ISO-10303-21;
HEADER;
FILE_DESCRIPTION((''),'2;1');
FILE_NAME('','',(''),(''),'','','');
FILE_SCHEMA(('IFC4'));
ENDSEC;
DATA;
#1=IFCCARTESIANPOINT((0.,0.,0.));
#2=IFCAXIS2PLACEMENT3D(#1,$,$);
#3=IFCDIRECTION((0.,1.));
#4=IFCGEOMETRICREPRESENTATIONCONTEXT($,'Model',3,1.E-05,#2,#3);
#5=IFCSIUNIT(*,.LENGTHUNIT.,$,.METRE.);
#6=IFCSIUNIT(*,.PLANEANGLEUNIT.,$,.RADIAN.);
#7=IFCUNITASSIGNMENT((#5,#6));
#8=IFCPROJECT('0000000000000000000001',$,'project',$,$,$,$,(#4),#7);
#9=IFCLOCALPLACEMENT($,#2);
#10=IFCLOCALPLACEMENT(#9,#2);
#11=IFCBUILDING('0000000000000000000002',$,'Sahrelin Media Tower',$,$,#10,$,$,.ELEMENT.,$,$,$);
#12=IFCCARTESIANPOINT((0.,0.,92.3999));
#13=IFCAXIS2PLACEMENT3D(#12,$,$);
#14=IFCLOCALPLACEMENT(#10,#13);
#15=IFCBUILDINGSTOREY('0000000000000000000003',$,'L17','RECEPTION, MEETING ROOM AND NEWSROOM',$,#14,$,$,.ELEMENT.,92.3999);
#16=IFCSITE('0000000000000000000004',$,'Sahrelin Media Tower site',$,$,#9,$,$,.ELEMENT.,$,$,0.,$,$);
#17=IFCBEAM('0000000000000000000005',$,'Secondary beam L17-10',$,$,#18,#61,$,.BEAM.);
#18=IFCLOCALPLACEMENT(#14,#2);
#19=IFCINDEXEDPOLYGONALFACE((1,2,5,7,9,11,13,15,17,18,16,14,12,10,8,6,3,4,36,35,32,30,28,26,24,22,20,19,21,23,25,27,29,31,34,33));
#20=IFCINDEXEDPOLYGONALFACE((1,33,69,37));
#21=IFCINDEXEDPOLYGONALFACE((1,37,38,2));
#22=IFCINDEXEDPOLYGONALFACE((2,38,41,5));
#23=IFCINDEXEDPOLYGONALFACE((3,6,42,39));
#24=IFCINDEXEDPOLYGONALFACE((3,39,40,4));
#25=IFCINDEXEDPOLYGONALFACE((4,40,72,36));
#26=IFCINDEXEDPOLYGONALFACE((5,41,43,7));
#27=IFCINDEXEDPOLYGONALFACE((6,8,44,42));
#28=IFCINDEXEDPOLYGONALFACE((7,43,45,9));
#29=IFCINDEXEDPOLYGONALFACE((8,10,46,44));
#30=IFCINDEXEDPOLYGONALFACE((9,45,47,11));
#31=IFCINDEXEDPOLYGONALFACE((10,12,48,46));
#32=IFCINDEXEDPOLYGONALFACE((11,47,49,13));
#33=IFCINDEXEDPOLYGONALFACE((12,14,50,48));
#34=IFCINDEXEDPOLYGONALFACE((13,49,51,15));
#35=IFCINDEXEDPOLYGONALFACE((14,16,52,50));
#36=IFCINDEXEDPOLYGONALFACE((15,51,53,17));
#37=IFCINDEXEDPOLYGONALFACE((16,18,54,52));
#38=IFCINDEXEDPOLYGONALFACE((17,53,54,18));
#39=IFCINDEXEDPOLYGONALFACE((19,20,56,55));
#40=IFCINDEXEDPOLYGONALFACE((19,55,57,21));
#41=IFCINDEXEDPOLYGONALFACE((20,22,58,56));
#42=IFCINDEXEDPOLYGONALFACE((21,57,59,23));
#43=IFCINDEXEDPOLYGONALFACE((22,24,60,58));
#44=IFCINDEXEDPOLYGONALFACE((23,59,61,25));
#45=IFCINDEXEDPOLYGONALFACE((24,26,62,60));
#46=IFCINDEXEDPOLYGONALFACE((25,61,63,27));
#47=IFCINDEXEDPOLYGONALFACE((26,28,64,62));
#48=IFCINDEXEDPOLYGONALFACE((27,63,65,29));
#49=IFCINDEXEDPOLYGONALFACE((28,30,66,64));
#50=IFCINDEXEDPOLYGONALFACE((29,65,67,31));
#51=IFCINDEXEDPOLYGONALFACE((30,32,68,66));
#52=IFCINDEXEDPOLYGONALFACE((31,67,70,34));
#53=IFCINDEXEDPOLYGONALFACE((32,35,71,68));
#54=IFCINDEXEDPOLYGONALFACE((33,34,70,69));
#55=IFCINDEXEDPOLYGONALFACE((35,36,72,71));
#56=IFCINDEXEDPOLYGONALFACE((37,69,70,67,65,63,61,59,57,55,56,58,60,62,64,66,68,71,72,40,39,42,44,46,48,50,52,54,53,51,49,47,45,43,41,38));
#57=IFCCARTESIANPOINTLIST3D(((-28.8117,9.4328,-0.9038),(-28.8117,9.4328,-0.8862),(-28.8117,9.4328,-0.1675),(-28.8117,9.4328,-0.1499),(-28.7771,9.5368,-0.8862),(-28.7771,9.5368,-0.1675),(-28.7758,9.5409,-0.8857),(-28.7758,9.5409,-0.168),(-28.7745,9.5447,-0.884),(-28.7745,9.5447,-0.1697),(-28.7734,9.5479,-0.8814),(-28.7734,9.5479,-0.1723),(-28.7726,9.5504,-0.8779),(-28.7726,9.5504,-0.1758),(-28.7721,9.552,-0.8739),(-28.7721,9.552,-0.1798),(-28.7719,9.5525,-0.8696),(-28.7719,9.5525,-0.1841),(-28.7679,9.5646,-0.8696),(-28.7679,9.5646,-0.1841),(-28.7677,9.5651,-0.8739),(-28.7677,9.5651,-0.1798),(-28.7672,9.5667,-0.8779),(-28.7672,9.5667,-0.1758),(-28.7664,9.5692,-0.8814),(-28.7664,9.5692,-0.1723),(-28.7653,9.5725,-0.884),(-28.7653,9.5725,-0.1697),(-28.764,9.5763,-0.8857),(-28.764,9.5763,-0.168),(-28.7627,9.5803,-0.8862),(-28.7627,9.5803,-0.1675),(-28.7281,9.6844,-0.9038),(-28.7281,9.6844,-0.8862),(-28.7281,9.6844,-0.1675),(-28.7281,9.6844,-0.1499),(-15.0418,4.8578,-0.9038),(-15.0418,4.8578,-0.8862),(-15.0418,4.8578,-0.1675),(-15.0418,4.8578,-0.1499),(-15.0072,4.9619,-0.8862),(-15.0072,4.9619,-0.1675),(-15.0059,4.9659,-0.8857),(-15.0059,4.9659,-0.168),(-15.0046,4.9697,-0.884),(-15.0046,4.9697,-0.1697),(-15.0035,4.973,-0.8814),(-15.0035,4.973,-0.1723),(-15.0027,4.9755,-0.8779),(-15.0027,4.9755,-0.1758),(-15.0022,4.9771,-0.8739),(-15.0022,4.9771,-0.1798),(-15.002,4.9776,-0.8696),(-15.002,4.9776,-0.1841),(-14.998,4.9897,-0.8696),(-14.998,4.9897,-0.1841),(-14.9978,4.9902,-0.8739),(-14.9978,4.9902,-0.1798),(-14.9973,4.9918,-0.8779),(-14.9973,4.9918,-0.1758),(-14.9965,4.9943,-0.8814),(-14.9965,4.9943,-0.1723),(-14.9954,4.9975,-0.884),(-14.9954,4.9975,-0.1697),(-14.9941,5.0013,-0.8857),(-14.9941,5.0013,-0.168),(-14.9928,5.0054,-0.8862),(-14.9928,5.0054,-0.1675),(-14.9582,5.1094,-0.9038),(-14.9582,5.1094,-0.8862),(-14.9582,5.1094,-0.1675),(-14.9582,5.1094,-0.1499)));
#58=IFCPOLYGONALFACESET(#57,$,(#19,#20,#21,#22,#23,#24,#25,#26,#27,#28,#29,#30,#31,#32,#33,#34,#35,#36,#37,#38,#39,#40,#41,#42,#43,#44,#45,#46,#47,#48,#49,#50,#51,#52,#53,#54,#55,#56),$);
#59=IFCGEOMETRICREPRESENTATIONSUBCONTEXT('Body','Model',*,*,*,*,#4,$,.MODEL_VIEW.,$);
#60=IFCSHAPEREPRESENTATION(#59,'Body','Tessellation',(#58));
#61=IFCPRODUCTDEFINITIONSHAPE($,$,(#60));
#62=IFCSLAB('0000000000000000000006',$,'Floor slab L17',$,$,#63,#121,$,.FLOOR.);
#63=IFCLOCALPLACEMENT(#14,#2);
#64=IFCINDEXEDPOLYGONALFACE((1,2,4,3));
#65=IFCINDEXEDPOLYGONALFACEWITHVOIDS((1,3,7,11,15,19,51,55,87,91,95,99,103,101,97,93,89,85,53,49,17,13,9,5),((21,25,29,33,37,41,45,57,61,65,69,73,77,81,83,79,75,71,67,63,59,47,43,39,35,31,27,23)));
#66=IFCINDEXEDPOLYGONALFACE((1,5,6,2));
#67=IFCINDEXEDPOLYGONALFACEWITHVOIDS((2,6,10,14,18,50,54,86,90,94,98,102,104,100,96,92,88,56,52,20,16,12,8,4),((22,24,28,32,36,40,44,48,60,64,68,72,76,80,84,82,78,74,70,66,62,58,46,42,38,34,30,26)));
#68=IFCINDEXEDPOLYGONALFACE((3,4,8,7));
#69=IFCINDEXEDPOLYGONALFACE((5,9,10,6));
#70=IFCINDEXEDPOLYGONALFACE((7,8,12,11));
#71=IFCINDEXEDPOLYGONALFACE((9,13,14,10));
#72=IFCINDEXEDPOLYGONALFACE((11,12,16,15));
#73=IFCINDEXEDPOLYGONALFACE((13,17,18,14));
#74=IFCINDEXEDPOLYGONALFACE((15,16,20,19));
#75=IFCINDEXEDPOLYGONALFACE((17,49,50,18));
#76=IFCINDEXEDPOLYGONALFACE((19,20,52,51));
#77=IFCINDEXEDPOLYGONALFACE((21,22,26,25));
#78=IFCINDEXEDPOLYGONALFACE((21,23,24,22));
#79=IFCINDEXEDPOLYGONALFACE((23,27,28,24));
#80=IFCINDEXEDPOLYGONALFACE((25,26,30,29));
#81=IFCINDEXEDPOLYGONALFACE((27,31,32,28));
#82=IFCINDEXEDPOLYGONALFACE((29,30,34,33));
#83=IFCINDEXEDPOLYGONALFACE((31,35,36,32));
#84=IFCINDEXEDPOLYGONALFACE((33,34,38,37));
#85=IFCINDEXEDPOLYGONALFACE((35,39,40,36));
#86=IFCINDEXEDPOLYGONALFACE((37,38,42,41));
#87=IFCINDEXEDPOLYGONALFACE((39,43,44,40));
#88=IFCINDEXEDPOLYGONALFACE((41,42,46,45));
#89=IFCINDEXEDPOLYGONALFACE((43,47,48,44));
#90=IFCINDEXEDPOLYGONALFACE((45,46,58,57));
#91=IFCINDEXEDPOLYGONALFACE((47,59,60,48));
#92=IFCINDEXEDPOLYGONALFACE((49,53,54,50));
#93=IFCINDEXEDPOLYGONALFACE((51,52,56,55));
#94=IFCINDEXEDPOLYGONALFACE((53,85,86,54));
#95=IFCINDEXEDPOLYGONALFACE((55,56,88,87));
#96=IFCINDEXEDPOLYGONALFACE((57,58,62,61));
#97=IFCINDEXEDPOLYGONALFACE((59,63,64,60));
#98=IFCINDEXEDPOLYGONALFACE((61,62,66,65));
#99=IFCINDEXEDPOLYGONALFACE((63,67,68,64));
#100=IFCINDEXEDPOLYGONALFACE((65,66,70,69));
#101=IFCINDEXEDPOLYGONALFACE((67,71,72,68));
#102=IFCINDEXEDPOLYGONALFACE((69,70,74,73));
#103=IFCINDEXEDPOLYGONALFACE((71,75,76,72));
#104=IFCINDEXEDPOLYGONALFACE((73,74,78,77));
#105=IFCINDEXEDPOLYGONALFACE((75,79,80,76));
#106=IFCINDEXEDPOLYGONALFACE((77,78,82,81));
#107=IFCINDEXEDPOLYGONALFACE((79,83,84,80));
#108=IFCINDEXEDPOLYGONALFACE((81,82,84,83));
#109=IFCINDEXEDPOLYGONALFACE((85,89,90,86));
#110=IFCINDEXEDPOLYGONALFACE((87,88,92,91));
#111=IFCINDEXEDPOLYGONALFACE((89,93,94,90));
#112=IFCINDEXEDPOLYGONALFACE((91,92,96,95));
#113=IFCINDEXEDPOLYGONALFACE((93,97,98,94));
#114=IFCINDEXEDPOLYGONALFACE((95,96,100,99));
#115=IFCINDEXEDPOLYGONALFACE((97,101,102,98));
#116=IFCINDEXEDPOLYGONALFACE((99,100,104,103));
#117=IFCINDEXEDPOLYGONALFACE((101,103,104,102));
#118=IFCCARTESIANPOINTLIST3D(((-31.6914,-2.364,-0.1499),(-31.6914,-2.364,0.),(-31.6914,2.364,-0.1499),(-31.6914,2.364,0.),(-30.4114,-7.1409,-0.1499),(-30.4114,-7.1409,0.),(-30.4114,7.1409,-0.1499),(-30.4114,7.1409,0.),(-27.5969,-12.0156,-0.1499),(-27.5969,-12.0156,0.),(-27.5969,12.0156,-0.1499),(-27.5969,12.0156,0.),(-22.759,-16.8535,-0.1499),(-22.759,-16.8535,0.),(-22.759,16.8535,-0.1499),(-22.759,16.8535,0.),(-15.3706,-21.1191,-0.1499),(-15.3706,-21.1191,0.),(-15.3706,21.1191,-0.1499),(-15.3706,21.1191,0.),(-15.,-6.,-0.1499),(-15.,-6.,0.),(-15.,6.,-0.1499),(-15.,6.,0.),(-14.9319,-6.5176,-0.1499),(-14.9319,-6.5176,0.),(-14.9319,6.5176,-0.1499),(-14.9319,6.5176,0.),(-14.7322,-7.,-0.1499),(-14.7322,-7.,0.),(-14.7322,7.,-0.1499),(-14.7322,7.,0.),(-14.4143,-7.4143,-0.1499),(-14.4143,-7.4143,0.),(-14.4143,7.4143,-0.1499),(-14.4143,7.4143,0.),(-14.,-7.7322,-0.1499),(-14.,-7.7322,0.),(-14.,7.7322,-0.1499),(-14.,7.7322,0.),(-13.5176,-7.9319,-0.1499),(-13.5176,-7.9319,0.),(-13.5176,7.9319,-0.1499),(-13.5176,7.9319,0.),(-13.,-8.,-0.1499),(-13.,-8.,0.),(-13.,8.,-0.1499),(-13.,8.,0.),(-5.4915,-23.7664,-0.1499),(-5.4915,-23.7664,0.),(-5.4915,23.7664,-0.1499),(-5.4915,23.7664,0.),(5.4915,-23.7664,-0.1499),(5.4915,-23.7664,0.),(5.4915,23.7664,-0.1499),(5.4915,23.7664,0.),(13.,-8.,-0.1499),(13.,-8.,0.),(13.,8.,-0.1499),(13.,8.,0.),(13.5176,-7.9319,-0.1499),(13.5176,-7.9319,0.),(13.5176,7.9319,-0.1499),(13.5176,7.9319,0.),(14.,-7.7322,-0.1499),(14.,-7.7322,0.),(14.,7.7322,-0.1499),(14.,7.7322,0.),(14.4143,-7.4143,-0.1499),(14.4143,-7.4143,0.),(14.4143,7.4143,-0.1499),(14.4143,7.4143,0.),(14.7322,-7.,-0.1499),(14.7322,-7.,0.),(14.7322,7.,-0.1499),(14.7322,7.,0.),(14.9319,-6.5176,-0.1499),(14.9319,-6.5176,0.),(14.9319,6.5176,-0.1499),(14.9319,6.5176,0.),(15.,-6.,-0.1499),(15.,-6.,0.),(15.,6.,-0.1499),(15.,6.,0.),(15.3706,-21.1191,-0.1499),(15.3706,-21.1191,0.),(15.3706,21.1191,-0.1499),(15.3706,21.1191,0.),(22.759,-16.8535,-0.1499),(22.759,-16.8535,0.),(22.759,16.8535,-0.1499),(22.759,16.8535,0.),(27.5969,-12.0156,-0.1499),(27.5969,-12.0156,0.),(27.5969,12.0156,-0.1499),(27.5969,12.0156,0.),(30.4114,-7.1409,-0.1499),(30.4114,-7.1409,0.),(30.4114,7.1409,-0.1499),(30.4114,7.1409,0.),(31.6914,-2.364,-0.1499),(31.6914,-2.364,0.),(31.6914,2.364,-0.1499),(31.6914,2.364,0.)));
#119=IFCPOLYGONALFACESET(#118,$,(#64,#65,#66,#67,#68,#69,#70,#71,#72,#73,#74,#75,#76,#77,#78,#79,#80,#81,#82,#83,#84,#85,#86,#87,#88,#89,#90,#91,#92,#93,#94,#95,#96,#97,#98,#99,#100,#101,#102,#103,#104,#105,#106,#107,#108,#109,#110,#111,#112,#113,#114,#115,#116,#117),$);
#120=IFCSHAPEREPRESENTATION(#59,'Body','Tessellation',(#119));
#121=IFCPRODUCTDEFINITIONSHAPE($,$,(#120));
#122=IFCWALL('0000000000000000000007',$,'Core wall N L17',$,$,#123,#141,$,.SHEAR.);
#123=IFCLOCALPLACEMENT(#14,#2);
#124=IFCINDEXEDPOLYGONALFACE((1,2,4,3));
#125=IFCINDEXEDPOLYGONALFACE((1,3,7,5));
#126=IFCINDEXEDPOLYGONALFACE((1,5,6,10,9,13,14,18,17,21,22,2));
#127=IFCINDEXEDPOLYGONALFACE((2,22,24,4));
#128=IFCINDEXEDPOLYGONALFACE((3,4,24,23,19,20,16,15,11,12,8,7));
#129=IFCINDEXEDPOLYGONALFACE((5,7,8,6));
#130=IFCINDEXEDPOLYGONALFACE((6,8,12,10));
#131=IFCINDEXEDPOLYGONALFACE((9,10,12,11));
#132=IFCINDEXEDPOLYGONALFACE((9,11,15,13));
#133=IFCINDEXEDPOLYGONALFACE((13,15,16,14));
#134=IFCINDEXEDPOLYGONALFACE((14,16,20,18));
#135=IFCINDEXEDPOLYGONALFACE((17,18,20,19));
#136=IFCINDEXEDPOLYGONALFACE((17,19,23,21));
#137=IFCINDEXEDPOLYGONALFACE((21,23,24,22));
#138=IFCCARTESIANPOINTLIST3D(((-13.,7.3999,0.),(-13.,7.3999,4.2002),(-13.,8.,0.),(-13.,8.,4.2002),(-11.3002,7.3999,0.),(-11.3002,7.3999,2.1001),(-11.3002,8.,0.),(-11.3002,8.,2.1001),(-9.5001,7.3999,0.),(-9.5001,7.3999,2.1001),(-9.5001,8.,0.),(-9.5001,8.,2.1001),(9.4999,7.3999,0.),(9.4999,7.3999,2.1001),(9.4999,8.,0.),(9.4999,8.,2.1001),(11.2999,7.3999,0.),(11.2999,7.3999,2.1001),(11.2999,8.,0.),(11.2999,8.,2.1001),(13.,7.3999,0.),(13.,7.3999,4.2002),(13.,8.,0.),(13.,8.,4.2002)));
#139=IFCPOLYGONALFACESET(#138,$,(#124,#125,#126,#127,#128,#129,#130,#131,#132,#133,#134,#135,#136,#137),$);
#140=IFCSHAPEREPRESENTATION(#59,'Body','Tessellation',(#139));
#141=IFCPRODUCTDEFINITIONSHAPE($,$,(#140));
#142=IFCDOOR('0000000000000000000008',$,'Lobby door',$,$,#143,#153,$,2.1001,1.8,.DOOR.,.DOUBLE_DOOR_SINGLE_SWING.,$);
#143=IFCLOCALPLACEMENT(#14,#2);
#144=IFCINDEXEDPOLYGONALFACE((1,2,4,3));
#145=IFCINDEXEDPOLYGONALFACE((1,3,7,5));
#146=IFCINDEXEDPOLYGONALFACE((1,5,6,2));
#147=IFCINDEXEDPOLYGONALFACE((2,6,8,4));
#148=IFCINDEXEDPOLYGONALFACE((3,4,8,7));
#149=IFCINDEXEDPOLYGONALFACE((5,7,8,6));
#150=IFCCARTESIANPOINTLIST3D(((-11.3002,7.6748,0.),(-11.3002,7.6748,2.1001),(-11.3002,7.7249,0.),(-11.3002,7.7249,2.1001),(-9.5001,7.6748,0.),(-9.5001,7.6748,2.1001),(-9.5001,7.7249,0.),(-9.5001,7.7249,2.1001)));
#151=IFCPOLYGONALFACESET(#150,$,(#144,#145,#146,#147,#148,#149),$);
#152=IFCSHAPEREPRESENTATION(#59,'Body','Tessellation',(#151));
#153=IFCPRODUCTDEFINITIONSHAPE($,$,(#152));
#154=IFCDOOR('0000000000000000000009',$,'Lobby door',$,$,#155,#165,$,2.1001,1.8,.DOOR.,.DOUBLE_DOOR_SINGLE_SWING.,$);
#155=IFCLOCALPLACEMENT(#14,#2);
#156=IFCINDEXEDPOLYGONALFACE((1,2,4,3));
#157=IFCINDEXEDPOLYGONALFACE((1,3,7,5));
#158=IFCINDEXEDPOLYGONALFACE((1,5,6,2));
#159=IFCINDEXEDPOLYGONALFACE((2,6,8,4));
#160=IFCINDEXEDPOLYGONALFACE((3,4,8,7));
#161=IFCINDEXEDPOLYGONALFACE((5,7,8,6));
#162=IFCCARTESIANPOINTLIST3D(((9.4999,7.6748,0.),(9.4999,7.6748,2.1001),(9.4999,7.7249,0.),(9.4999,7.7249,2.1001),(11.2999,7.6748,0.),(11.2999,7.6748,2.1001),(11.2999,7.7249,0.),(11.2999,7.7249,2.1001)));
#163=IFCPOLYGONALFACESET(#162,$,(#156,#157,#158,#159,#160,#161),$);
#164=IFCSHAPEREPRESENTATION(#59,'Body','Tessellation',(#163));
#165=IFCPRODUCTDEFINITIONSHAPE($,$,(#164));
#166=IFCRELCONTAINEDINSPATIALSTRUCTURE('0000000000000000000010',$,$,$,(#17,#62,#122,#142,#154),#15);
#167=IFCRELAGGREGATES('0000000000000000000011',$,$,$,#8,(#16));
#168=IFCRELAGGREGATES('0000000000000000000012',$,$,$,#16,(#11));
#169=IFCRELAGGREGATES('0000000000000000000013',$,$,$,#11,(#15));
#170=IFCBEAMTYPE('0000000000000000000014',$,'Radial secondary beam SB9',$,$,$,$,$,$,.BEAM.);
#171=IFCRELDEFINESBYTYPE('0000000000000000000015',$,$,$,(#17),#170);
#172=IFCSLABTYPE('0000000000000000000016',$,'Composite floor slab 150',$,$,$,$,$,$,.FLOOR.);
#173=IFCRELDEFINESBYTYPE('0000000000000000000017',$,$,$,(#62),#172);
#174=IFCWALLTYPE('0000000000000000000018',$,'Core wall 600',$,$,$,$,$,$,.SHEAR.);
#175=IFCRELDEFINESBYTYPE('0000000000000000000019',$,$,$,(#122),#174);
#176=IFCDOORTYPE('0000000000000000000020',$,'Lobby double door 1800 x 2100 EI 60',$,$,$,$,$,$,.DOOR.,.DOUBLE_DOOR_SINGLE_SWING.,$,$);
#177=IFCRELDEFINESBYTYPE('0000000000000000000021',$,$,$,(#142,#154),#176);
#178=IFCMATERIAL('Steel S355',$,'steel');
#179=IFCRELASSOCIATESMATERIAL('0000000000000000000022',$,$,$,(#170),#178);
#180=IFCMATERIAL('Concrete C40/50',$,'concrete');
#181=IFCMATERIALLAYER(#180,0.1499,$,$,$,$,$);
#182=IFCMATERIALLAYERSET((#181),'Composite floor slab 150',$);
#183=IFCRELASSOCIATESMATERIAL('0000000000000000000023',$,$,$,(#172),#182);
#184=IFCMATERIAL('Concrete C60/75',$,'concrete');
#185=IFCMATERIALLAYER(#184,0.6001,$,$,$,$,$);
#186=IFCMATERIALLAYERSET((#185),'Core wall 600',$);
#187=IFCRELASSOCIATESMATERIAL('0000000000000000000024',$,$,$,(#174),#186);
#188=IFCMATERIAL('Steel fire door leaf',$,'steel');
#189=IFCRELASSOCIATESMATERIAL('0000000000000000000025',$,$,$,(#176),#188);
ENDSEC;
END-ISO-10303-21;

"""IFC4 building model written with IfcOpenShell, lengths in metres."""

from ifc_helpers import new_model, si_unit, direction, frame, frame_2d, origin, origin_2d, place, context, subcontext, project, spatial, polyline, rectangle, i_section, outline, extrude, material, layer, layer_set, material_profile, profile_set, type_object, element, fill, save


model = new_model("IFC4")

# Units and contexts
model_context = context("Model", 3, precision=1e-05, world=origin(), true_north=direction((0.0, 1.0)))
body_context = subcontext(model_context, "Body", "Model", "MODEL_VIEW")
ifc_project = project(units=[si_unit("LENGTHUNIT", "METRE"), si_unit("PLANEANGLEUNIT", "RADIAN")], contexts=[model_context])

# Site, building, storey
site_placement = place(None, origin())
site = spatial("IfcSite", under=ifc_project, at=site_placement, Name="Sahrelin Media Tower site", CompositionType="ELEMENT", RefElevation=0.0)
building_placement = place(site_placement, origin())
building = spatial("IfcBuilding", under=site, at=building_placement, Name="Sahrelin Media Tower", CompositionType="ELEMENT")
storey_placement = place(building_placement, frame((0.0, 0.0, 92.3999)))
storey = spatial("IfcBuildingStorey", under=building, at=storey_placement, Name="L17", Description="RECEPTION, MEETING ROOM AND NEWSROOM", CompositionType="ELEMENT", Elevation=92.3999)

# Beam
ifc_material_1 = material(Name="Steel S355", Category="steel")
ifc_material_profile_1 = material_profile(ifc_material_1, i_section(OverallWidth=0.2651, OverallDepth=0.7539, WebThickness=0.0127, FlangeThickness=0.0176, FilletRadius=0.0166, at=origin_2d()), Name="UB 762x267x147")
ifc_profile_set_1 = profile_set([ifc_material_profile_1], Name="Steel S355")
beam_type_1 = type_object("IfcBeamType", Name="Radial secondary beam SB9", PredefinedType="BEAM", material=ifc_profile_set_1)
beam_1_placement = place(storey_placement, frame((-15.0, 4.9836, -0.5269), z_axis=(-0.948994, 0.315294, 0.0), x_axis=(-0.315294, -0.948994, 0.0)))
element("IfcBeam", 1, at=beam_1_placement, inside=storey, type_object=beam_type_1, Name="Secondary beam L17-10", PredefinedType="BEAM", context=body_context, shape_type="SweptSolid", body=[
    extrude(i_section(OverallWidth=0.2651, OverallDepth=0.7539, WebThickness=0.0127, FlangeThickness=0.0176, FilletRadius=0.0166, at=origin_2d()), origin(), (0.0, 0.0, 1.0), 14.51),
])

# Slab
ifc_material_2 = material(Name="Concrete C40/50", Category="concrete")
ifc_layer_1 = layer(ifc_material_2, 0.1499)
ifc_layer_set_1 = layer_set([ifc_layer_1], Name="Composite floor slab 150")
slab_type = type_object("IfcSlabType", Name="Composite floor slab 150", PredefinedType="FLOOR", material=ifc_layer_set_1)
slab_placement = place(storey_placement, frame((0.0, 0.0, -0.1499)))
element("IfcSlab", 2, at=slab_placement, inside=storey, type_object=slab_type, Name="Floor slab L17", PredefinedType="FLOOR", context=body_context, shape_type="SweptSolid", body=[
    extrude(outline(polyline([(31.6914, -2.364), (31.6914, 2.364), (30.4114, 7.1409), (27.5969, 12.0156), (22.759, 16.8535), (15.3706, 21.1191), (5.4915, 23.7664), (-5.4915, 23.7664), (-15.3706, 21.1191), (-22.759, 16.8535), (-27.5969, 12.0156), (-30.4114, 7.1409), (-31.6914, 2.364), (-31.6914, -2.364), (-30.4114, -7.1409), (-27.5969, -12.0156), (-22.759, -16.8535), (-15.3706, -21.1191), (-5.4915, -23.7664), (5.4915, -23.7664), (15.3706, -21.1191), (22.759, -16.8535), (27.5969, -12.0156), (30.4114, -7.1409), (31.6914, -2.364)]), holes=[polyline([(14.9319, 6.5176), (15.0, 6.0), (15.0, -6.0), (14.9319, -6.5176), (14.7322, -7.0), (14.4143, -7.4143), (14.0, -7.7322), (13.5176, -7.9319), (13.0, -8.0), (-13.0, -8.0), (-13.5176, -7.9319), (-14.0, -7.7322), (-14.4143, -7.4143), (-14.7322, -7.0), (-14.9319, -6.5176), (-15.0, -6.0), (-15.0, 6.0), (-14.9319, 6.5176), (-14.7322, 7.0), (-14.4143, 7.4143), (-14.0, 7.7322), (-13.5176, 7.9319), (-13.0, 8.0), (13.0, 8.0), (13.5176, 7.9319), (14.0, 7.7322), (14.4143, 7.4143), (14.7322, 7.0), (14.9319, 6.5176)])]), origin(), (0.0, 0.0, 1.0), 0.1499),
])

# Wall, openings, doors
ifc_material_3 = material(Name="Concrete C60/75", Category="concrete")
ifc_layer_2 = layer(ifc_material_3, 0.6001)
ifc_layer_set_2 = layer_set([ifc_layer_2], Name="Core wall 600")
wall_type_1 = type_object("IfcWallType", Name="Core wall 600", PredefinedType="SHEAR", material=ifc_layer_set_2)
wall_1_placement = place(storey_placement, frame((-13.0, 7.7, 0.0), z_axis=(0.0, 0.0, 1.0), x_axis=(1.0, 0.0, 0.0)))
wall_1 = element("IfcWall", 3, at=wall_1_placement, inside=storey, type_object=wall_type_1, Name="Core wall N L17", PredefinedType="SHEAR", context=body_context, shape_type="SweptSolid", body=[
    extrude(rectangle(XDim=26.0, YDim=0.6001, at=frame_2d((13.0, 0.0))), origin(), (0.0, 0.0, 1.0), 4.2002),
])
opening_1_placement = place(wall_1_placement, frame((1.7, 0.0, 0.0)))
opening_1 = element("IfcOpeningElement", 4, at=opening_1_placement, cuts=wall_1, PredefinedType="OPENING", context=body_context, shape_type="SweptSolid", body=[
    extrude(rectangle(XDim=1.8, YDim=2.1001, at=frame_2d((0.8999, 1.05))), frame((0.0, 0.3, 0.0), z_axis=(0.0, -1.0, 0.0), x_axis=(1.0, 0.0, 0.0)), (0.0, 0.0, 1.0), 0.6001),
])
opening_2_placement = place(wall_1_placement, frame((22.5, 0.0, 0.0)))
opening_2 = element("IfcOpeningElement", 5, at=opening_2_placement, cuts=wall_1, PredefinedType="OPENING", context=body_context, shape_type="SweptSolid", body=[
    extrude(rectangle(XDim=1.8, YDim=2.1001, at=frame_2d((0.8999, 1.05))), frame((0.0, 0.3, 0.0), z_axis=(0.0, -1.0, 0.0), x_axis=(1.0, 0.0, 0.0)), (0.0, 0.0, 1.0), 0.6001),
])
ifc_material_4 = material(Name="Steel fire door leaf", Category="steel")
door_type_1 = type_object("IfcDoorType", Name="Lobby double door 1800 x 2100 EI 60", OperationType="DOUBLE_DOOR_SINGLE_SWING", PredefinedType="DOOR", material=ifc_material_4)
door_1_placement = place(opening_1_placement, origin())
door_1 = element("IfcDoor", 6, at=door_1_placement, inside=storey, type_object=door_type_1, Name="Lobby door", OperationType="DOUBLE_DOOR_SINGLE_SWING", OverallHeight=2.1001, OverallWidth=1.8, PredefinedType="DOOR", context=body_context, shape_type="SweptSolid", body=[
    extrude(rectangle(XDim=1.8, YDim=2.1001, at=frame_2d((0.8999, 1.05))), frame((0.0, 0.0249, 0.0), z_axis=(0.0, -1.0, 0.0), x_axis=(1.0, 0.0, 0.0)), (0.0, 0.0, 1.0), 0.05),
])
fill(opening_1, door_1)
door_2_placement = place(opening_2_placement, origin())
door_2 = element("IfcDoor", 7, at=door_2_placement, inside=storey, type_object=door_type_1, Name="Lobby door", OperationType="DOUBLE_DOOR_SINGLE_SWING", OverallHeight=2.1001, OverallWidth=1.8, PredefinedType="DOOR", context=body_context, shape_type="SweptSolid", body=[
    extrude(rectangle(XDim=1.8, YDim=2.1001, at=frame_2d((0.8999, 1.05))), frame((0.0, 0.0249, 0.0), z_axis=(0.0, -1.0, 0.0), x_axis=(1.0, 0.0, 0.0)), (0.0, 0.0, 1.0), 0.05),
])
fill(opening_2, door_2)

save(model, "model.ifc")
